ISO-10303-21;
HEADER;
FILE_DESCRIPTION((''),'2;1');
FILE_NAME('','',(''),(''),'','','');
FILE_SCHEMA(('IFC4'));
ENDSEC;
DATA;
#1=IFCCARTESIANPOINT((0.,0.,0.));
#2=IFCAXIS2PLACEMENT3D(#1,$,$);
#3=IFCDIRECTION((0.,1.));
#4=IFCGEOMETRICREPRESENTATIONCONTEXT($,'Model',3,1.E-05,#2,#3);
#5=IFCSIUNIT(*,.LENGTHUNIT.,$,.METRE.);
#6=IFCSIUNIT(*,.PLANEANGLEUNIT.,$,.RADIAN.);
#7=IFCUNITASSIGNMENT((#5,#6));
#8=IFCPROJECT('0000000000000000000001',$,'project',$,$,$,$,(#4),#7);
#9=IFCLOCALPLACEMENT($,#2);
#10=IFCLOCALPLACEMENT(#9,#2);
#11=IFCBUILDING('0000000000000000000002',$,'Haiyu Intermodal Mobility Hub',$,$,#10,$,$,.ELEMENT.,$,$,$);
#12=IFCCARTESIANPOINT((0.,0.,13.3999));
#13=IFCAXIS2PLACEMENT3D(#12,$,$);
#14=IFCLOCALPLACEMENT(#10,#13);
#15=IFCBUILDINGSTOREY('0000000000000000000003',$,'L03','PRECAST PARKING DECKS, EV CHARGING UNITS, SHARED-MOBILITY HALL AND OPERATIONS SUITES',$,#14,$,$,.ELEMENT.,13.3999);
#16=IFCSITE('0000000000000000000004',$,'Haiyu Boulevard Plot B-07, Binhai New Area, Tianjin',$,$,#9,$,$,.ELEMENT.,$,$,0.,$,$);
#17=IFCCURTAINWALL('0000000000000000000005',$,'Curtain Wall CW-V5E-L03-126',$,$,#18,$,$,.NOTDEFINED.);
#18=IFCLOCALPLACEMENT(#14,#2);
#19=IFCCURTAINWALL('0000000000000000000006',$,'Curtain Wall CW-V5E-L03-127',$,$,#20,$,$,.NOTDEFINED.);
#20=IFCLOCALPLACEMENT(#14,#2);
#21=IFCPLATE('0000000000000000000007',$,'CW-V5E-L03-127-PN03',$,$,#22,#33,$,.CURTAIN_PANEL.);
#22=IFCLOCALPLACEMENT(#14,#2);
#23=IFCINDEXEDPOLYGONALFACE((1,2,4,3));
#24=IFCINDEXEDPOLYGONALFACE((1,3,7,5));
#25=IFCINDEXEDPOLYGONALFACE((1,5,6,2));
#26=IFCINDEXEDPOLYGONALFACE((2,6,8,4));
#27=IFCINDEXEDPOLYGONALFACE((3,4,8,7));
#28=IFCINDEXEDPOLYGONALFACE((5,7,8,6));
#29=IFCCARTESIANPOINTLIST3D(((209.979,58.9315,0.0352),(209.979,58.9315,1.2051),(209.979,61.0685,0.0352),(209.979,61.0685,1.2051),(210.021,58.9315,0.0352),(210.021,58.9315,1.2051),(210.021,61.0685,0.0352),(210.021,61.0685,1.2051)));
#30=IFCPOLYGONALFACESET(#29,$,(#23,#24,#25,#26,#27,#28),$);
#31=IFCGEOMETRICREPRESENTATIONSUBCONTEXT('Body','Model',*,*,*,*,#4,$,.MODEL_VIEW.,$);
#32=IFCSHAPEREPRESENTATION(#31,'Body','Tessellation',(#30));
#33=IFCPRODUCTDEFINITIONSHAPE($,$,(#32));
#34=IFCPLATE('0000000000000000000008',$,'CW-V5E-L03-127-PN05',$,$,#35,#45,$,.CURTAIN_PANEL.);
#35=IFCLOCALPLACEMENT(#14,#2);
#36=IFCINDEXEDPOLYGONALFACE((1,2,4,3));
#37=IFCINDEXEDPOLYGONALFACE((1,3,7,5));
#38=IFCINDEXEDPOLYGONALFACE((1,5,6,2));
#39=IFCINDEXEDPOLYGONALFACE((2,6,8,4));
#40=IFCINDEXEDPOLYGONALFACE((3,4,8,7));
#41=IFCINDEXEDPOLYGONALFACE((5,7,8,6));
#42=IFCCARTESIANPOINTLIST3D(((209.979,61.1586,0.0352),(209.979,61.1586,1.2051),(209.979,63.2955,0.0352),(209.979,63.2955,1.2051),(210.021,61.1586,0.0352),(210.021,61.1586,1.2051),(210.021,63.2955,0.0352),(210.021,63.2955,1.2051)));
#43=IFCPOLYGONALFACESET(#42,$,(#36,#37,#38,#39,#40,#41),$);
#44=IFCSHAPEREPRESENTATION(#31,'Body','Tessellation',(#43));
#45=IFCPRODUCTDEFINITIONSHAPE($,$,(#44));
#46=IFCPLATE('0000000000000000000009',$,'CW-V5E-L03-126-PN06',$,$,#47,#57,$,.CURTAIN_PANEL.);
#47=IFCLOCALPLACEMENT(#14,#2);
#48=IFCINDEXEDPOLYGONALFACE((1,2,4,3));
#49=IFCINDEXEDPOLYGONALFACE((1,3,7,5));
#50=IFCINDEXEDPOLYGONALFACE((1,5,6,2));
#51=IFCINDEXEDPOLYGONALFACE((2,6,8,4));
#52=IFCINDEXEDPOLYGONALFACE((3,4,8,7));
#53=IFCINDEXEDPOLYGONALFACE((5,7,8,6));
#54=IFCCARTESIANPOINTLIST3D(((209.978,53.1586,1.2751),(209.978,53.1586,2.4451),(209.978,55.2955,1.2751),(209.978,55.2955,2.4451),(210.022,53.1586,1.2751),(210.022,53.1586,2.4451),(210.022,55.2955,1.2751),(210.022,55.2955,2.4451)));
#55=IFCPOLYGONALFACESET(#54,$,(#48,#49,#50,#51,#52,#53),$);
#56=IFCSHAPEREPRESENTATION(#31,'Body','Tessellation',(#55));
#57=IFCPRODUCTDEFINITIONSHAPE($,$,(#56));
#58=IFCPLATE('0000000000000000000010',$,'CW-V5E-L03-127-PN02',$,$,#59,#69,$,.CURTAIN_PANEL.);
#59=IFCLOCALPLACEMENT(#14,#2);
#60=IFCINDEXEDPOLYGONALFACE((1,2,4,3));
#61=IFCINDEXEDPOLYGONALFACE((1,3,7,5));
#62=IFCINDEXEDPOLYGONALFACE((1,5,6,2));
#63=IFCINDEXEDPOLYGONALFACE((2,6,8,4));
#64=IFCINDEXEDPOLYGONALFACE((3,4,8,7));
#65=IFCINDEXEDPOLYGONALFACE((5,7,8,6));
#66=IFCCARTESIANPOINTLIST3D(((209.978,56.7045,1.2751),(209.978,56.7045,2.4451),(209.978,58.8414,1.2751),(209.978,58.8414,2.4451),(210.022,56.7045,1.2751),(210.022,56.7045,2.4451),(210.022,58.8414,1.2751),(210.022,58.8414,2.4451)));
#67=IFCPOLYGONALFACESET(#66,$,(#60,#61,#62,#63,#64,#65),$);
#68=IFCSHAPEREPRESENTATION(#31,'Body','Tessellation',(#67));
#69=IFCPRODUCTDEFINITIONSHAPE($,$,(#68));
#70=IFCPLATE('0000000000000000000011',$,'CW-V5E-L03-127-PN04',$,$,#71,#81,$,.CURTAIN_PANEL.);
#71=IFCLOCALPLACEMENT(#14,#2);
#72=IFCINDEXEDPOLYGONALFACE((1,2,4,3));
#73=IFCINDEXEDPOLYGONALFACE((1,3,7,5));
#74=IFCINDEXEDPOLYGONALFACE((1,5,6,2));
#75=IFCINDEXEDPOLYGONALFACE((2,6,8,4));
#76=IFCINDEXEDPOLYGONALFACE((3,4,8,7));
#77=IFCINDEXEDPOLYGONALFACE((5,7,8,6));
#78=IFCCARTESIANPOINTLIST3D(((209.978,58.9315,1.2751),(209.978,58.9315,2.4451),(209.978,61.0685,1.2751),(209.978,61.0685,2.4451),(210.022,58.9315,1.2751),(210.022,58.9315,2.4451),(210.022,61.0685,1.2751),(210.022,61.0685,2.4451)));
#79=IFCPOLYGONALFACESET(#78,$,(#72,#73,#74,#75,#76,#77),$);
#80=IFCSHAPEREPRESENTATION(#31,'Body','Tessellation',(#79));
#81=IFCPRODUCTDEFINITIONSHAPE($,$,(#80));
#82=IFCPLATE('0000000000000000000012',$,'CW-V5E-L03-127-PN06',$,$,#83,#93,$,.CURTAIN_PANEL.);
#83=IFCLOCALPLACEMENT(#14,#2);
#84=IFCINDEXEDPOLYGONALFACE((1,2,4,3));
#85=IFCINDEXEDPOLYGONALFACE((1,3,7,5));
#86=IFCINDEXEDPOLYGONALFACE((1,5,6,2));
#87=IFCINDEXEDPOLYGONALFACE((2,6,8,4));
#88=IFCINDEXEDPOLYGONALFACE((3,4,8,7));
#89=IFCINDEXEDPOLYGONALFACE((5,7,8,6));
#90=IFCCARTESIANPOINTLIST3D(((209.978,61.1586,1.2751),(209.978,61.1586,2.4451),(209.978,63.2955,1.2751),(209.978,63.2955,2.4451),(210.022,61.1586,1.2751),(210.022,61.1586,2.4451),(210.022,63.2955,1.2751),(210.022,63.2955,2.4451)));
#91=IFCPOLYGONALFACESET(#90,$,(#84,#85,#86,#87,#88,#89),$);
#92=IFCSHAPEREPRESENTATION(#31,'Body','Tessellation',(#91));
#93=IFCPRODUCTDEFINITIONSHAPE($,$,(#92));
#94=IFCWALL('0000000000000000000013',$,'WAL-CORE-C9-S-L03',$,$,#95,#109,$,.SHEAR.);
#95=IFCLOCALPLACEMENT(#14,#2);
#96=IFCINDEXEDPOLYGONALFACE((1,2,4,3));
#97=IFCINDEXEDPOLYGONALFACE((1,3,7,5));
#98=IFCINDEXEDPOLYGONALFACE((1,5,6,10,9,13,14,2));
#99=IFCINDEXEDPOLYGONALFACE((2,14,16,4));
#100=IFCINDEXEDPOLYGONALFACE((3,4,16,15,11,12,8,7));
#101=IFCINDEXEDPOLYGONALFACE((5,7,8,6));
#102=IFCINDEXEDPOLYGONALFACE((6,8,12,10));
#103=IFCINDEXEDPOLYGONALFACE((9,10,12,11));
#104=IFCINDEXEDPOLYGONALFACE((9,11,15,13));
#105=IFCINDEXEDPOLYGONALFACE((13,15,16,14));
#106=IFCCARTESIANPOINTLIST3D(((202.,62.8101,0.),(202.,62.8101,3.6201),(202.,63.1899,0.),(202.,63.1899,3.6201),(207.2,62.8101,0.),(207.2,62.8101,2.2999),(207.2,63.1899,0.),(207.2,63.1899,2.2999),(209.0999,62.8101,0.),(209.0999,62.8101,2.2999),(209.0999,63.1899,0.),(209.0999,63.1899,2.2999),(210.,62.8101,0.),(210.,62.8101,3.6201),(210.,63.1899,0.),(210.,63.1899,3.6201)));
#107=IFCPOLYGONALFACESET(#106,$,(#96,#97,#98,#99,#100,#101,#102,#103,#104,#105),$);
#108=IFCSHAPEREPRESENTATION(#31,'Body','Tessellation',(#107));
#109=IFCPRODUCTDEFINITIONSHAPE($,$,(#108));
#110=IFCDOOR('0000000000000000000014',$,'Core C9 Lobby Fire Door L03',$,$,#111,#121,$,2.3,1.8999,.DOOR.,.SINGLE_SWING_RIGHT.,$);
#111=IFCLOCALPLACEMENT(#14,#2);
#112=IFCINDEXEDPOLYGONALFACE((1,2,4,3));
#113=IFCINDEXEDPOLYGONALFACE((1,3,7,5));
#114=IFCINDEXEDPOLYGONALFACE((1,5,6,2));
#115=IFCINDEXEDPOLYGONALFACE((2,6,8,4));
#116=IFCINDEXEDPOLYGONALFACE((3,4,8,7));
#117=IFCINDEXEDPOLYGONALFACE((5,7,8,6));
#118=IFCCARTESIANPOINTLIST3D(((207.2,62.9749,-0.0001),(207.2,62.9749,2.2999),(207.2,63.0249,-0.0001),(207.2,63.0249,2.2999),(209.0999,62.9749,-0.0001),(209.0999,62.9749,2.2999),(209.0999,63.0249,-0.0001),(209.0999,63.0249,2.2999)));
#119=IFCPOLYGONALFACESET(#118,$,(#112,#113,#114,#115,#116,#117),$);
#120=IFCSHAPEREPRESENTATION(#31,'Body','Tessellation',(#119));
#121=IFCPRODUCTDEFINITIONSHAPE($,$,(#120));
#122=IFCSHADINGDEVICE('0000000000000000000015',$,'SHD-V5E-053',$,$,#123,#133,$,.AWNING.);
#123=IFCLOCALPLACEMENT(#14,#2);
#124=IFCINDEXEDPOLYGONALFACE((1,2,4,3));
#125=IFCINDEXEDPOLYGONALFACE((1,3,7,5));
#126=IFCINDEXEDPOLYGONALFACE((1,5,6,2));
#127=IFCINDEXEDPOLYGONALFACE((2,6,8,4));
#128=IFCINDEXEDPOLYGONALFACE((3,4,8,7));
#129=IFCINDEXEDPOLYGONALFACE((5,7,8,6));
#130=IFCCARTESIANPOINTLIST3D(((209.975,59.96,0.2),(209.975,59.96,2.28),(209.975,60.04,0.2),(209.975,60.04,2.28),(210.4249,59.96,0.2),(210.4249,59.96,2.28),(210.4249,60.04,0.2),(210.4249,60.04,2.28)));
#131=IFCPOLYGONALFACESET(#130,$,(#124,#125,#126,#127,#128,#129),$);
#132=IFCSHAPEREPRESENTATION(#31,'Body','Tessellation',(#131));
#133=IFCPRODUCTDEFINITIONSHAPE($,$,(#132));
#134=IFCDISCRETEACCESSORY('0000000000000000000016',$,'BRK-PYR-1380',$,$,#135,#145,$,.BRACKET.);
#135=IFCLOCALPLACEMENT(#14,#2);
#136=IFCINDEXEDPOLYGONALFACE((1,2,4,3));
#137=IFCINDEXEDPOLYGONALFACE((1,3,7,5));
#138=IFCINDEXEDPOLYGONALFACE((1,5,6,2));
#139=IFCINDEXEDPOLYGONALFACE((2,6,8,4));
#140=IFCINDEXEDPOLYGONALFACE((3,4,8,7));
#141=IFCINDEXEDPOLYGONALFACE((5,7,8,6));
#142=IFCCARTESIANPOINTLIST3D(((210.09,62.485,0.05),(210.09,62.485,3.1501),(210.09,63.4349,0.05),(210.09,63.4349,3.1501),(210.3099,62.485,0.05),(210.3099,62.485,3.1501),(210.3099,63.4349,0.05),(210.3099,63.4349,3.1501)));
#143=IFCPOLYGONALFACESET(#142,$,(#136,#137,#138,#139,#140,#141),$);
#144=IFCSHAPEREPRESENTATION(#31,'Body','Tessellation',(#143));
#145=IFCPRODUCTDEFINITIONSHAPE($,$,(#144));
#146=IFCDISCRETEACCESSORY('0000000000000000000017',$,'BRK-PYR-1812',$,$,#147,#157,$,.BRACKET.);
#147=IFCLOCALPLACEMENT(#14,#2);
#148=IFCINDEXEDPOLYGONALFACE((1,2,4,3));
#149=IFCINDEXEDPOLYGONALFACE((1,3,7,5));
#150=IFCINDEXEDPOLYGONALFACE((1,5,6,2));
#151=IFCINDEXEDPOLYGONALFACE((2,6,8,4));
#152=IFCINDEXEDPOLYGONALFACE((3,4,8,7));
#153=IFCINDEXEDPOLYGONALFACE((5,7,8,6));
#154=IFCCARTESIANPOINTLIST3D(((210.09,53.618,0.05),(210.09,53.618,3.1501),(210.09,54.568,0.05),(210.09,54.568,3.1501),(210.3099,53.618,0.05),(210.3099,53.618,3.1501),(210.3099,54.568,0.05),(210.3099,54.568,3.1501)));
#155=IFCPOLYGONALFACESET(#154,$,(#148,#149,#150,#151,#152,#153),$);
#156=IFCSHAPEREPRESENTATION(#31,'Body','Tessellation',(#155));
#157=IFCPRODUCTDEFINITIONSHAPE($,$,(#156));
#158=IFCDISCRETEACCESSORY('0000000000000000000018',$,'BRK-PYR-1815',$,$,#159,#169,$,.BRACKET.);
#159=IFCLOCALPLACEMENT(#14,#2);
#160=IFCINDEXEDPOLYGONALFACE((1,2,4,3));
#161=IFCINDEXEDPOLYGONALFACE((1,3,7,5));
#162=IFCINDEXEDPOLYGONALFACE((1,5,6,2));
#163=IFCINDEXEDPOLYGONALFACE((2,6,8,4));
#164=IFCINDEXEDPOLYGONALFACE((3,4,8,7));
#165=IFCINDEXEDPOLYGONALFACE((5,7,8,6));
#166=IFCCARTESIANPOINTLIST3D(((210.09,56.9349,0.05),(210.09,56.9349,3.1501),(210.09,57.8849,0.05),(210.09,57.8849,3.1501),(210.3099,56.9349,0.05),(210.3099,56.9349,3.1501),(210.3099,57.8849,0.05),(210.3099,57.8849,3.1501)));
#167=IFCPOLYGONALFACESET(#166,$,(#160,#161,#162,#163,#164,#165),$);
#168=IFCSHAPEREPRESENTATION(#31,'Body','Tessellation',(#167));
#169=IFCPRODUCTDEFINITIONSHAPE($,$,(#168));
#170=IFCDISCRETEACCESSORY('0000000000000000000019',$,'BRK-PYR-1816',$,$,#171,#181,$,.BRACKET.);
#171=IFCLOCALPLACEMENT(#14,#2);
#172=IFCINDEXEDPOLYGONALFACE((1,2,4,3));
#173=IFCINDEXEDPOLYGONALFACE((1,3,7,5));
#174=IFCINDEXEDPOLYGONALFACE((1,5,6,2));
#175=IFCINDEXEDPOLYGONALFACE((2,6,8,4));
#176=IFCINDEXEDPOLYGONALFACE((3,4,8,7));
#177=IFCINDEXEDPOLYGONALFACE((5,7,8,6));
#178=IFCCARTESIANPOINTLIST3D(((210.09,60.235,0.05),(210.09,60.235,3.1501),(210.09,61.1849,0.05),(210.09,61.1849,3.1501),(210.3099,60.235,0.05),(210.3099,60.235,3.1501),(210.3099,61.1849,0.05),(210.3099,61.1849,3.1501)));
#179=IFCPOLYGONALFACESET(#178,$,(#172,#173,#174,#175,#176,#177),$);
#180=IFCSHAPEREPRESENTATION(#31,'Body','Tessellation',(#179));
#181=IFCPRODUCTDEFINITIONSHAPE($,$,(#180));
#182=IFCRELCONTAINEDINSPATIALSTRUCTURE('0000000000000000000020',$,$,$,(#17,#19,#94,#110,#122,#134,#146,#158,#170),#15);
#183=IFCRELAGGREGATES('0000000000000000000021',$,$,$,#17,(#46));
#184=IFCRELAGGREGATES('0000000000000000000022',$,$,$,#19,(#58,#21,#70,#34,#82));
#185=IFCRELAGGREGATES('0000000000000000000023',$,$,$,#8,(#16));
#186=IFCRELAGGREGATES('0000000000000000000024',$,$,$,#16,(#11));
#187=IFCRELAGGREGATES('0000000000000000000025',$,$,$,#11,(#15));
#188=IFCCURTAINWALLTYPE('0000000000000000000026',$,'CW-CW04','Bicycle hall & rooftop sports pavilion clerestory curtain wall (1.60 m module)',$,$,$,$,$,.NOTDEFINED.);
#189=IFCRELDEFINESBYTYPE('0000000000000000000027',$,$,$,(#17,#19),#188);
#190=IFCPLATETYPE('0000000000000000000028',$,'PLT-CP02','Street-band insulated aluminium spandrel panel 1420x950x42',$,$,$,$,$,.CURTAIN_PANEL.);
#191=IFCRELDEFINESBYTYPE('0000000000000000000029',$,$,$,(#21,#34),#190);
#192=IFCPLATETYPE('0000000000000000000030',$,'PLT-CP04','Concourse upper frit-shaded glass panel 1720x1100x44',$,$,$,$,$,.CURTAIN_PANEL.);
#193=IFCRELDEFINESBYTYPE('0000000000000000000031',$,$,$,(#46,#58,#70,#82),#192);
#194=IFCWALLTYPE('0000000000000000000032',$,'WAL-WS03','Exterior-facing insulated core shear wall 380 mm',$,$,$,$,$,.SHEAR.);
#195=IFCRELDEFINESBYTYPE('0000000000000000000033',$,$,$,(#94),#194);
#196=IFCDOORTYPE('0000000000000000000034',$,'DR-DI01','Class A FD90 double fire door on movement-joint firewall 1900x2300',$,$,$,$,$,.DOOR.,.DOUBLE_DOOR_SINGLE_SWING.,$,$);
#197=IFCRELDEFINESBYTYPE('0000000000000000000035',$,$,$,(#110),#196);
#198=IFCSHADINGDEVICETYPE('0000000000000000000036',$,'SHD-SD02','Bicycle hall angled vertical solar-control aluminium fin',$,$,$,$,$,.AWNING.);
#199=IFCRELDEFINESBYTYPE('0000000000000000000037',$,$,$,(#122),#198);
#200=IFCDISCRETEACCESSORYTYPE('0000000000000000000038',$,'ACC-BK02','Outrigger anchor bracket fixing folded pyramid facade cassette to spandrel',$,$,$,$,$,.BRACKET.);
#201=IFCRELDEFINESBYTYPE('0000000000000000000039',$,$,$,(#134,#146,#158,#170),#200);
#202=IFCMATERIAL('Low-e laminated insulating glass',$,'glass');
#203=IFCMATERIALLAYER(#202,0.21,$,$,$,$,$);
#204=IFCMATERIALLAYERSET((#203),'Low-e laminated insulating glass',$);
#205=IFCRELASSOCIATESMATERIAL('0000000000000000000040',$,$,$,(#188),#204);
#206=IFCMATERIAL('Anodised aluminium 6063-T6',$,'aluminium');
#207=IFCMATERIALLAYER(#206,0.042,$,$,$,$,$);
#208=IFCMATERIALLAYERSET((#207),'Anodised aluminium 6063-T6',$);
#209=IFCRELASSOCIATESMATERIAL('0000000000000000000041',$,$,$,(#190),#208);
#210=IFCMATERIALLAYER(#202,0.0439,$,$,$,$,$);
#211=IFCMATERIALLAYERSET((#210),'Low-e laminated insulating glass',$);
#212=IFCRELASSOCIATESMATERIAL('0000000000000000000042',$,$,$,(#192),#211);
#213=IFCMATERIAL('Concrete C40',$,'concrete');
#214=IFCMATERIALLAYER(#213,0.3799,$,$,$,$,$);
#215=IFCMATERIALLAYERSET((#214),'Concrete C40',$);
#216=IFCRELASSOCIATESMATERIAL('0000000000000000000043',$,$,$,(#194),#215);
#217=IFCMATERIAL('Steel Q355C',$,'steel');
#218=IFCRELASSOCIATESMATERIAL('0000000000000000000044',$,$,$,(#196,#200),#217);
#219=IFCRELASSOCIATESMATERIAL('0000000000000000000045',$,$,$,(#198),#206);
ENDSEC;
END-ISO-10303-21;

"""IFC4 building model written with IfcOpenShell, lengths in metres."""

from ifc_helpers import new_model, si_unit, direction, frame, frame_2d, origin, origin_2d, place, context, subcontext, project, spatial, rectangle, extrude, material, layer, layer_set, material_profile, profile_set, type_object, element, fill, aggregate, save


model = new_model("IFC4")

# Units and contexts
model_context = context("Model", 3, precision=1e-05, world=origin(), true_north=direction((0.0, 1.0)))
body_context = subcontext(model_context, "Body", "Model", "MODEL_VIEW")
ifc_project = project(units=[si_unit("LENGTHUNIT", "METRE"), si_unit("PLANEANGLEUNIT", "RADIAN")], contexts=[model_context])

# Site, building, storey
site_placement = place(None, origin())
site = spatial("IfcSite", under=ifc_project, at=site_placement, Name="Haiyu Boulevard Plot B-07, Binhai New Area, Tianjin", CompositionType="ELEMENT", RefElevation=0.0)
building_placement = place(site_placement, origin())
building = spatial("IfcBuilding", under=site, at=building_placement, Name="Haiyu Intermodal Mobility Hub", CompositionType="ELEMENT")
storey_placement = place(building_placement, frame((0.0, 0.0, 13.3999)))
storey = spatial("IfcBuildingStorey", under=building, at=storey_placement, Name="L03", Description="PRECAST PARKING DECKS, EV CHARGING UNITS, SHARED-MOBILITY HALL AND OPERATIONS SUITES", CompositionType="ELEMENT", Elevation=13.3999)

# Shared definitions
ifc_material_1 = material(Name="Concrete C40", Category="concrete")

# Curtain wall
ifc_material_2 = material(Name="Low-e laminated insulating glass", Category="glass")
ifc_layer_1 = layer(ifc_material_2, 0.21)
ifc_layer_set_1 = layer_set([ifc_layer_1], Name="Low-e laminated insulating glass")
curtain_wall_type = type_object("IfcCurtainWallType", Name="CW-CW04", Description="Bicycle hall & rooftop sports pavilion clerestory curtain wall (1.60 m module)", PredefinedType="NOTDEFINED", material=ifc_layer_set_1)
curtain_wall_1_placement = place(storey_placement, origin())
curtain_wall_1 = element("IfcCurtainWall", 1, at=curtain_wall_1_placement, inside=storey, type_object=curtain_wall_type, Name="Curtain Wall CW-V5E-L03-126", PredefinedType="NOTDEFINED")
ifc_material_3 = material(Name="Anodised aluminium 6063-T6", Category="aluminium")

# Curtain wall
curtain_wall_2_placement = place(storey_placement, origin())
curtain_wall_2 = element("IfcCurtainWall", 2, at=curtain_wall_2_placement, inside=storey, type_object=curtain_wall_type, Name="Curtain Wall CW-V5E-L03-127", PredefinedType="NOTDEFINED")

# Plates
ifc_layer_2 = layer(ifc_material_3, 0.042)
ifc_layer_set_2 = layer_set([ifc_layer_2], Name="Anodised aluminium 6063-T6")
plate_type_1 = type_object("IfcPlateType", Name="PLT-CP02", Description="Street-band insulated aluminium spandrel panel 1420x950x42", PredefinedType="CURTAIN_PANEL", material=ifc_layer_set_2)
plate_1_placement = place(storey_placement, frame((210.0, 60.0, 0.0352), z_axis=(0.0, 0.0, 1.0), x_axis=(0.0, 1.0, 0.0)))
plate_1 = element("IfcPlate", 3, at=plate_1_placement, type_object=plate_type_1, Name="CW-V5E-L03-127-PN03", PredefinedType="CURTAIN_PANEL", context=body_context, shape_type="SweptSolid", body=[
    extrude(rectangle(XDim=2.137, YDim=0.042, at=origin_2d()), origin(), (0.0, 0.0, 1.0), 1.1699),
])
plate_2_placement = place(storey_placement, frame((210.0, 62.2271, 0.0352), z_axis=(0.0, 0.0, 1.0), x_axis=(0.0, 1.0, 0.0)))
plate_2 = element("IfcPlate", 4, at=plate_2_placement, type_object=plate_type_1, Name="CW-V5E-L03-127-PN05", PredefinedType="CURTAIN_PANEL", context=body_context, shape_type="SweptSolid", body=[
    extrude(rectangle(XDim=2.137, YDim=0.042, at=origin_2d()), origin(), (0.0, 0.0, 1.0), 1.1699),
])
ifc_layer_3 = layer(ifc_material_2, 0.0439)
ifc_layer_set_3 = layer_set([ifc_layer_3], Name="Low-e laminated insulating glass")
plate_type_2 = type_object("IfcPlateType", Name="PLT-CP04", Description="Concourse upper frit-shaded glass panel 1720x1100x44", PredefinedType="CURTAIN_PANEL", material=ifc_layer_set_3)
plate_3_placement = place(storey_placement, frame((210.0, 54.2271, 1.2751), z_axis=(0.0, 0.0, 1.0), x_axis=(0.0, 1.0, 0.0)))
plate_3 = element("IfcPlate", 5, at=plate_3_placement, type_object=plate_type_2, Name="CW-V5E-L03-126-PN06", PredefinedType="CURTAIN_PANEL", context=body_context, shape_type="SweptSolid", body=[
    extrude(rectangle(XDim=2.137, YDim=0.0439, at=origin_2d()), origin(), (0.0, 0.0, 1.0), 1.1699),
])
aggregate(curtain_wall_1, [plate_3])
plate_4_placement = place(storey_placement, frame((210.0, 57.7729, 1.2751), z_axis=(0.0, 0.0, 1.0), x_axis=(0.0, 1.0, 0.0)))
plate_4 = element("IfcPlate", 6, at=plate_4_placement, type_object=plate_type_2, Name="CW-V5E-L03-127-PN02", PredefinedType="CURTAIN_PANEL", context=body_context, shape_type="SweptSolid", body=[
    extrude(rectangle(XDim=2.137, YDim=0.0439, at=origin_2d()), origin(), (0.0, 0.0, 1.0), 1.1699),
])
plate_5_placement = place(storey_placement, frame((210.0, 60.0, 1.2751), z_axis=(0.0, 0.0, 1.0), x_axis=(0.0, 1.0, 0.0)))
plate_5 = element("IfcPlate", 7, at=plate_5_placement, type_object=plate_type_2, Name="CW-V5E-L03-127-PN04", PredefinedType="CURTAIN_PANEL", context=body_context, shape_type="SweptSolid", body=[
    extrude(rectangle(XDim=2.137, YDim=0.0439, at=origin_2d()), origin(), (0.0, 0.0, 1.0), 1.1699),
])
plate_6_placement = place(storey_placement, frame((210.0, 62.2271, 1.2751), z_axis=(0.0, 0.0, 1.0), x_axis=(0.0, 1.0, 0.0)))
plate_6 = element("IfcPlate", 8, at=plate_6_placement, type_object=plate_type_2, Name="CW-V5E-L03-127-PN06", PredefinedType="CURTAIN_PANEL", context=body_context, shape_type="SweptSolid", body=[
    extrude(rectangle(XDim=2.137, YDim=0.0439, at=origin_2d()), origin(), (0.0, 0.0, 1.0), 1.1699),
])
aggregate(curtain_wall_2, [plate_4, plate_1, plate_5, plate_2, plate_6])

# Wall, opening, door
ifc_layer_4 = layer(ifc_material_1, 0.3799)
ifc_layer_set_4 = layer_set([ifc_layer_4], Name="Concrete C40")
wall_type = type_object("IfcWallType", Name="WAL-WS03", Description="Exterior-facing insulated core shear wall 380 mm", PredefinedType="SHEAR", material=ifc_layer_set_4)
wall_placement = place(storey_placement, frame((202.0, 63.0, 0.0), z_axis=(0.0, 0.0, 1.0), x_axis=(1.0, 0.0, 0.0)))
wall = element("IfcWall", 9, at=wall_placement, inside=storey, type_object=wall_type, Name="WAL-CORE-C9-S-L03", PredefinedType="SHEAR", context=body_context, shape_type="SweptSolid", body=[
    extrude(rectangle(XDim=8.0, YDim=0.3799, at=frame_2d((4.0, 0.0))), origin(), (0.0, 0.0, 1.0), 3.6201),
])
opening_placement = place(wall_placement, frame((5.2, 0.0, 0.0)))
opening = element("IfcOpeningElement", 10, at=opening_placement, cuts=wall, PredefinedType="OPENING", context=body_context, shape_type="SweptSolid", body=[
    extrude(rectangle(XDim=1.8999, YDim=2.3, at=frame_2d((0.95, 1.1499))), frame((0.0, 0.2, 0.0), z_axis=(0.0, -1.0, 0.0), x_axis=(1.0, 0.0, 0.0)), (0.0, 0.0, 1.0), 0.3999),
])
ifc_material_4 = material(Name="Steel Q355C", Category="steel")
door_type = type_object("IfcDoorType", Name="DR-DI01", Description="Class A FD90 double fire door on movement-joint firewall 1900x2300", OperationType="DOUBLE_DOOR_SINGLE_SWING", PredefinedType="DOOR", material=ifc_material_4)
door_placement = place(opening_placement, origin())
door = element("IfcDoor", 11, at=door_placement, inside=storey, type_object=door_type, Name="Core C9 Lobby Fire Door L03", OperationType="SINGLE_SWING_RIGHT", OverallHeight=2.3, OverallWidth=1.8999, PredefinedType="DOOR", context=body_context, shape_type="SweptSolid", body=[
    extrude(rectangle(XDim=1.8999, YDim=2.3, at=frame_2d((0.95, 1.1499))), frame((0.0, 0.0249, 0.0), z_axis=(0.0, -1.0, 0.0), x_axis=(1.0, 0.0, 0.0)), (0.0, 0.0, 1.0), 0.05),
])
fill(opening, door)

# Shading device
ifc_material_profile_1 = material_profile(ifc_material_3, rectangle(XDim=0.0701, YDim=0.55, at=origin_2d()), Name="FIN70x550")
ifc_profile_set_1 = profile_set([ifc_material_profile_1], Name="Anodised aluminium 6063-T6")
shading_device_type = type_object("IfcShadingDeviceType", Name="SHD-SD02", Description="Bicycle hall angled vertical solar-control aluminium fin", PredefinedType="AWNING", material=ifc_profile_set_1)
shading_device_placement = place(storey_placement, frame((210.2, 60.0, 0.2), z_axis=(0.0, 0.0, 1.0), x_axis=(1.0, 0.0, 0.0)))
element("IfcShadingDevice", 12, at=shading_device_placement, inside=storey, type_object=shading_device_type, Name="SHD-V5E-053", PredefinedType="AWNING", context=body_context, shape_type="SweptSolid", body=[
    extrude(rectangle(XDim=0.45, YDim=0.0801, at=origin_2d()), origin(), (0.0, 0.0, 1.0), 2.0801),
])

# Discrete accessories
discrete_accessory_type = type_object("IfcDiscreteAccessoryType", Name="ACC-BK02", Description="Outrigger anchor bracket fixing folded pyramid facade cassette to spandrel", PredefinedType="BRACKET", material=ifc_material_4)
for number, where, z_axis, x_axis, name in (
    (13, (210.2, 62.96, 0.05), (0.0, 0.0, 1.0), (1.0, 0.0, 0.0), "BRK-PYR-1380"),
    (14, (210.2, 54.093, 0.05), (0.0, 0.0, 1.0), (1.0, 0.0, 0.0), "BRK-PYR-1812"),
    (15, (210.2, 57.4099, 0.05), (0.0, 0.0, 1.0), (1.0, 0.0, 0.0), "BRK-PYR-1815"),
    (16, (210.2, 60.71, 0.05), (0.0, 0.0, 1.0), (1.0, 0.0, 0.0), "BRK-PYR-1816"),
):
    element("IfcDiscreteAccessory", number, at=place(storey_placement, frame(where, z_axis=z_axis, x_axis=x_axis)), inside=storey, type_object=discrete_accessory_type, Name=name, PredefinedType="BRACKET", context=body_context, shape_type="SweptSolid", body=[
        extrude(rectangle(XDim=0.22, YDim=0.95, at=origin_2d()), origin(), (0.0, 0.0, 1.0), 3.1001),
    ])

save(model, "model.ifc")
